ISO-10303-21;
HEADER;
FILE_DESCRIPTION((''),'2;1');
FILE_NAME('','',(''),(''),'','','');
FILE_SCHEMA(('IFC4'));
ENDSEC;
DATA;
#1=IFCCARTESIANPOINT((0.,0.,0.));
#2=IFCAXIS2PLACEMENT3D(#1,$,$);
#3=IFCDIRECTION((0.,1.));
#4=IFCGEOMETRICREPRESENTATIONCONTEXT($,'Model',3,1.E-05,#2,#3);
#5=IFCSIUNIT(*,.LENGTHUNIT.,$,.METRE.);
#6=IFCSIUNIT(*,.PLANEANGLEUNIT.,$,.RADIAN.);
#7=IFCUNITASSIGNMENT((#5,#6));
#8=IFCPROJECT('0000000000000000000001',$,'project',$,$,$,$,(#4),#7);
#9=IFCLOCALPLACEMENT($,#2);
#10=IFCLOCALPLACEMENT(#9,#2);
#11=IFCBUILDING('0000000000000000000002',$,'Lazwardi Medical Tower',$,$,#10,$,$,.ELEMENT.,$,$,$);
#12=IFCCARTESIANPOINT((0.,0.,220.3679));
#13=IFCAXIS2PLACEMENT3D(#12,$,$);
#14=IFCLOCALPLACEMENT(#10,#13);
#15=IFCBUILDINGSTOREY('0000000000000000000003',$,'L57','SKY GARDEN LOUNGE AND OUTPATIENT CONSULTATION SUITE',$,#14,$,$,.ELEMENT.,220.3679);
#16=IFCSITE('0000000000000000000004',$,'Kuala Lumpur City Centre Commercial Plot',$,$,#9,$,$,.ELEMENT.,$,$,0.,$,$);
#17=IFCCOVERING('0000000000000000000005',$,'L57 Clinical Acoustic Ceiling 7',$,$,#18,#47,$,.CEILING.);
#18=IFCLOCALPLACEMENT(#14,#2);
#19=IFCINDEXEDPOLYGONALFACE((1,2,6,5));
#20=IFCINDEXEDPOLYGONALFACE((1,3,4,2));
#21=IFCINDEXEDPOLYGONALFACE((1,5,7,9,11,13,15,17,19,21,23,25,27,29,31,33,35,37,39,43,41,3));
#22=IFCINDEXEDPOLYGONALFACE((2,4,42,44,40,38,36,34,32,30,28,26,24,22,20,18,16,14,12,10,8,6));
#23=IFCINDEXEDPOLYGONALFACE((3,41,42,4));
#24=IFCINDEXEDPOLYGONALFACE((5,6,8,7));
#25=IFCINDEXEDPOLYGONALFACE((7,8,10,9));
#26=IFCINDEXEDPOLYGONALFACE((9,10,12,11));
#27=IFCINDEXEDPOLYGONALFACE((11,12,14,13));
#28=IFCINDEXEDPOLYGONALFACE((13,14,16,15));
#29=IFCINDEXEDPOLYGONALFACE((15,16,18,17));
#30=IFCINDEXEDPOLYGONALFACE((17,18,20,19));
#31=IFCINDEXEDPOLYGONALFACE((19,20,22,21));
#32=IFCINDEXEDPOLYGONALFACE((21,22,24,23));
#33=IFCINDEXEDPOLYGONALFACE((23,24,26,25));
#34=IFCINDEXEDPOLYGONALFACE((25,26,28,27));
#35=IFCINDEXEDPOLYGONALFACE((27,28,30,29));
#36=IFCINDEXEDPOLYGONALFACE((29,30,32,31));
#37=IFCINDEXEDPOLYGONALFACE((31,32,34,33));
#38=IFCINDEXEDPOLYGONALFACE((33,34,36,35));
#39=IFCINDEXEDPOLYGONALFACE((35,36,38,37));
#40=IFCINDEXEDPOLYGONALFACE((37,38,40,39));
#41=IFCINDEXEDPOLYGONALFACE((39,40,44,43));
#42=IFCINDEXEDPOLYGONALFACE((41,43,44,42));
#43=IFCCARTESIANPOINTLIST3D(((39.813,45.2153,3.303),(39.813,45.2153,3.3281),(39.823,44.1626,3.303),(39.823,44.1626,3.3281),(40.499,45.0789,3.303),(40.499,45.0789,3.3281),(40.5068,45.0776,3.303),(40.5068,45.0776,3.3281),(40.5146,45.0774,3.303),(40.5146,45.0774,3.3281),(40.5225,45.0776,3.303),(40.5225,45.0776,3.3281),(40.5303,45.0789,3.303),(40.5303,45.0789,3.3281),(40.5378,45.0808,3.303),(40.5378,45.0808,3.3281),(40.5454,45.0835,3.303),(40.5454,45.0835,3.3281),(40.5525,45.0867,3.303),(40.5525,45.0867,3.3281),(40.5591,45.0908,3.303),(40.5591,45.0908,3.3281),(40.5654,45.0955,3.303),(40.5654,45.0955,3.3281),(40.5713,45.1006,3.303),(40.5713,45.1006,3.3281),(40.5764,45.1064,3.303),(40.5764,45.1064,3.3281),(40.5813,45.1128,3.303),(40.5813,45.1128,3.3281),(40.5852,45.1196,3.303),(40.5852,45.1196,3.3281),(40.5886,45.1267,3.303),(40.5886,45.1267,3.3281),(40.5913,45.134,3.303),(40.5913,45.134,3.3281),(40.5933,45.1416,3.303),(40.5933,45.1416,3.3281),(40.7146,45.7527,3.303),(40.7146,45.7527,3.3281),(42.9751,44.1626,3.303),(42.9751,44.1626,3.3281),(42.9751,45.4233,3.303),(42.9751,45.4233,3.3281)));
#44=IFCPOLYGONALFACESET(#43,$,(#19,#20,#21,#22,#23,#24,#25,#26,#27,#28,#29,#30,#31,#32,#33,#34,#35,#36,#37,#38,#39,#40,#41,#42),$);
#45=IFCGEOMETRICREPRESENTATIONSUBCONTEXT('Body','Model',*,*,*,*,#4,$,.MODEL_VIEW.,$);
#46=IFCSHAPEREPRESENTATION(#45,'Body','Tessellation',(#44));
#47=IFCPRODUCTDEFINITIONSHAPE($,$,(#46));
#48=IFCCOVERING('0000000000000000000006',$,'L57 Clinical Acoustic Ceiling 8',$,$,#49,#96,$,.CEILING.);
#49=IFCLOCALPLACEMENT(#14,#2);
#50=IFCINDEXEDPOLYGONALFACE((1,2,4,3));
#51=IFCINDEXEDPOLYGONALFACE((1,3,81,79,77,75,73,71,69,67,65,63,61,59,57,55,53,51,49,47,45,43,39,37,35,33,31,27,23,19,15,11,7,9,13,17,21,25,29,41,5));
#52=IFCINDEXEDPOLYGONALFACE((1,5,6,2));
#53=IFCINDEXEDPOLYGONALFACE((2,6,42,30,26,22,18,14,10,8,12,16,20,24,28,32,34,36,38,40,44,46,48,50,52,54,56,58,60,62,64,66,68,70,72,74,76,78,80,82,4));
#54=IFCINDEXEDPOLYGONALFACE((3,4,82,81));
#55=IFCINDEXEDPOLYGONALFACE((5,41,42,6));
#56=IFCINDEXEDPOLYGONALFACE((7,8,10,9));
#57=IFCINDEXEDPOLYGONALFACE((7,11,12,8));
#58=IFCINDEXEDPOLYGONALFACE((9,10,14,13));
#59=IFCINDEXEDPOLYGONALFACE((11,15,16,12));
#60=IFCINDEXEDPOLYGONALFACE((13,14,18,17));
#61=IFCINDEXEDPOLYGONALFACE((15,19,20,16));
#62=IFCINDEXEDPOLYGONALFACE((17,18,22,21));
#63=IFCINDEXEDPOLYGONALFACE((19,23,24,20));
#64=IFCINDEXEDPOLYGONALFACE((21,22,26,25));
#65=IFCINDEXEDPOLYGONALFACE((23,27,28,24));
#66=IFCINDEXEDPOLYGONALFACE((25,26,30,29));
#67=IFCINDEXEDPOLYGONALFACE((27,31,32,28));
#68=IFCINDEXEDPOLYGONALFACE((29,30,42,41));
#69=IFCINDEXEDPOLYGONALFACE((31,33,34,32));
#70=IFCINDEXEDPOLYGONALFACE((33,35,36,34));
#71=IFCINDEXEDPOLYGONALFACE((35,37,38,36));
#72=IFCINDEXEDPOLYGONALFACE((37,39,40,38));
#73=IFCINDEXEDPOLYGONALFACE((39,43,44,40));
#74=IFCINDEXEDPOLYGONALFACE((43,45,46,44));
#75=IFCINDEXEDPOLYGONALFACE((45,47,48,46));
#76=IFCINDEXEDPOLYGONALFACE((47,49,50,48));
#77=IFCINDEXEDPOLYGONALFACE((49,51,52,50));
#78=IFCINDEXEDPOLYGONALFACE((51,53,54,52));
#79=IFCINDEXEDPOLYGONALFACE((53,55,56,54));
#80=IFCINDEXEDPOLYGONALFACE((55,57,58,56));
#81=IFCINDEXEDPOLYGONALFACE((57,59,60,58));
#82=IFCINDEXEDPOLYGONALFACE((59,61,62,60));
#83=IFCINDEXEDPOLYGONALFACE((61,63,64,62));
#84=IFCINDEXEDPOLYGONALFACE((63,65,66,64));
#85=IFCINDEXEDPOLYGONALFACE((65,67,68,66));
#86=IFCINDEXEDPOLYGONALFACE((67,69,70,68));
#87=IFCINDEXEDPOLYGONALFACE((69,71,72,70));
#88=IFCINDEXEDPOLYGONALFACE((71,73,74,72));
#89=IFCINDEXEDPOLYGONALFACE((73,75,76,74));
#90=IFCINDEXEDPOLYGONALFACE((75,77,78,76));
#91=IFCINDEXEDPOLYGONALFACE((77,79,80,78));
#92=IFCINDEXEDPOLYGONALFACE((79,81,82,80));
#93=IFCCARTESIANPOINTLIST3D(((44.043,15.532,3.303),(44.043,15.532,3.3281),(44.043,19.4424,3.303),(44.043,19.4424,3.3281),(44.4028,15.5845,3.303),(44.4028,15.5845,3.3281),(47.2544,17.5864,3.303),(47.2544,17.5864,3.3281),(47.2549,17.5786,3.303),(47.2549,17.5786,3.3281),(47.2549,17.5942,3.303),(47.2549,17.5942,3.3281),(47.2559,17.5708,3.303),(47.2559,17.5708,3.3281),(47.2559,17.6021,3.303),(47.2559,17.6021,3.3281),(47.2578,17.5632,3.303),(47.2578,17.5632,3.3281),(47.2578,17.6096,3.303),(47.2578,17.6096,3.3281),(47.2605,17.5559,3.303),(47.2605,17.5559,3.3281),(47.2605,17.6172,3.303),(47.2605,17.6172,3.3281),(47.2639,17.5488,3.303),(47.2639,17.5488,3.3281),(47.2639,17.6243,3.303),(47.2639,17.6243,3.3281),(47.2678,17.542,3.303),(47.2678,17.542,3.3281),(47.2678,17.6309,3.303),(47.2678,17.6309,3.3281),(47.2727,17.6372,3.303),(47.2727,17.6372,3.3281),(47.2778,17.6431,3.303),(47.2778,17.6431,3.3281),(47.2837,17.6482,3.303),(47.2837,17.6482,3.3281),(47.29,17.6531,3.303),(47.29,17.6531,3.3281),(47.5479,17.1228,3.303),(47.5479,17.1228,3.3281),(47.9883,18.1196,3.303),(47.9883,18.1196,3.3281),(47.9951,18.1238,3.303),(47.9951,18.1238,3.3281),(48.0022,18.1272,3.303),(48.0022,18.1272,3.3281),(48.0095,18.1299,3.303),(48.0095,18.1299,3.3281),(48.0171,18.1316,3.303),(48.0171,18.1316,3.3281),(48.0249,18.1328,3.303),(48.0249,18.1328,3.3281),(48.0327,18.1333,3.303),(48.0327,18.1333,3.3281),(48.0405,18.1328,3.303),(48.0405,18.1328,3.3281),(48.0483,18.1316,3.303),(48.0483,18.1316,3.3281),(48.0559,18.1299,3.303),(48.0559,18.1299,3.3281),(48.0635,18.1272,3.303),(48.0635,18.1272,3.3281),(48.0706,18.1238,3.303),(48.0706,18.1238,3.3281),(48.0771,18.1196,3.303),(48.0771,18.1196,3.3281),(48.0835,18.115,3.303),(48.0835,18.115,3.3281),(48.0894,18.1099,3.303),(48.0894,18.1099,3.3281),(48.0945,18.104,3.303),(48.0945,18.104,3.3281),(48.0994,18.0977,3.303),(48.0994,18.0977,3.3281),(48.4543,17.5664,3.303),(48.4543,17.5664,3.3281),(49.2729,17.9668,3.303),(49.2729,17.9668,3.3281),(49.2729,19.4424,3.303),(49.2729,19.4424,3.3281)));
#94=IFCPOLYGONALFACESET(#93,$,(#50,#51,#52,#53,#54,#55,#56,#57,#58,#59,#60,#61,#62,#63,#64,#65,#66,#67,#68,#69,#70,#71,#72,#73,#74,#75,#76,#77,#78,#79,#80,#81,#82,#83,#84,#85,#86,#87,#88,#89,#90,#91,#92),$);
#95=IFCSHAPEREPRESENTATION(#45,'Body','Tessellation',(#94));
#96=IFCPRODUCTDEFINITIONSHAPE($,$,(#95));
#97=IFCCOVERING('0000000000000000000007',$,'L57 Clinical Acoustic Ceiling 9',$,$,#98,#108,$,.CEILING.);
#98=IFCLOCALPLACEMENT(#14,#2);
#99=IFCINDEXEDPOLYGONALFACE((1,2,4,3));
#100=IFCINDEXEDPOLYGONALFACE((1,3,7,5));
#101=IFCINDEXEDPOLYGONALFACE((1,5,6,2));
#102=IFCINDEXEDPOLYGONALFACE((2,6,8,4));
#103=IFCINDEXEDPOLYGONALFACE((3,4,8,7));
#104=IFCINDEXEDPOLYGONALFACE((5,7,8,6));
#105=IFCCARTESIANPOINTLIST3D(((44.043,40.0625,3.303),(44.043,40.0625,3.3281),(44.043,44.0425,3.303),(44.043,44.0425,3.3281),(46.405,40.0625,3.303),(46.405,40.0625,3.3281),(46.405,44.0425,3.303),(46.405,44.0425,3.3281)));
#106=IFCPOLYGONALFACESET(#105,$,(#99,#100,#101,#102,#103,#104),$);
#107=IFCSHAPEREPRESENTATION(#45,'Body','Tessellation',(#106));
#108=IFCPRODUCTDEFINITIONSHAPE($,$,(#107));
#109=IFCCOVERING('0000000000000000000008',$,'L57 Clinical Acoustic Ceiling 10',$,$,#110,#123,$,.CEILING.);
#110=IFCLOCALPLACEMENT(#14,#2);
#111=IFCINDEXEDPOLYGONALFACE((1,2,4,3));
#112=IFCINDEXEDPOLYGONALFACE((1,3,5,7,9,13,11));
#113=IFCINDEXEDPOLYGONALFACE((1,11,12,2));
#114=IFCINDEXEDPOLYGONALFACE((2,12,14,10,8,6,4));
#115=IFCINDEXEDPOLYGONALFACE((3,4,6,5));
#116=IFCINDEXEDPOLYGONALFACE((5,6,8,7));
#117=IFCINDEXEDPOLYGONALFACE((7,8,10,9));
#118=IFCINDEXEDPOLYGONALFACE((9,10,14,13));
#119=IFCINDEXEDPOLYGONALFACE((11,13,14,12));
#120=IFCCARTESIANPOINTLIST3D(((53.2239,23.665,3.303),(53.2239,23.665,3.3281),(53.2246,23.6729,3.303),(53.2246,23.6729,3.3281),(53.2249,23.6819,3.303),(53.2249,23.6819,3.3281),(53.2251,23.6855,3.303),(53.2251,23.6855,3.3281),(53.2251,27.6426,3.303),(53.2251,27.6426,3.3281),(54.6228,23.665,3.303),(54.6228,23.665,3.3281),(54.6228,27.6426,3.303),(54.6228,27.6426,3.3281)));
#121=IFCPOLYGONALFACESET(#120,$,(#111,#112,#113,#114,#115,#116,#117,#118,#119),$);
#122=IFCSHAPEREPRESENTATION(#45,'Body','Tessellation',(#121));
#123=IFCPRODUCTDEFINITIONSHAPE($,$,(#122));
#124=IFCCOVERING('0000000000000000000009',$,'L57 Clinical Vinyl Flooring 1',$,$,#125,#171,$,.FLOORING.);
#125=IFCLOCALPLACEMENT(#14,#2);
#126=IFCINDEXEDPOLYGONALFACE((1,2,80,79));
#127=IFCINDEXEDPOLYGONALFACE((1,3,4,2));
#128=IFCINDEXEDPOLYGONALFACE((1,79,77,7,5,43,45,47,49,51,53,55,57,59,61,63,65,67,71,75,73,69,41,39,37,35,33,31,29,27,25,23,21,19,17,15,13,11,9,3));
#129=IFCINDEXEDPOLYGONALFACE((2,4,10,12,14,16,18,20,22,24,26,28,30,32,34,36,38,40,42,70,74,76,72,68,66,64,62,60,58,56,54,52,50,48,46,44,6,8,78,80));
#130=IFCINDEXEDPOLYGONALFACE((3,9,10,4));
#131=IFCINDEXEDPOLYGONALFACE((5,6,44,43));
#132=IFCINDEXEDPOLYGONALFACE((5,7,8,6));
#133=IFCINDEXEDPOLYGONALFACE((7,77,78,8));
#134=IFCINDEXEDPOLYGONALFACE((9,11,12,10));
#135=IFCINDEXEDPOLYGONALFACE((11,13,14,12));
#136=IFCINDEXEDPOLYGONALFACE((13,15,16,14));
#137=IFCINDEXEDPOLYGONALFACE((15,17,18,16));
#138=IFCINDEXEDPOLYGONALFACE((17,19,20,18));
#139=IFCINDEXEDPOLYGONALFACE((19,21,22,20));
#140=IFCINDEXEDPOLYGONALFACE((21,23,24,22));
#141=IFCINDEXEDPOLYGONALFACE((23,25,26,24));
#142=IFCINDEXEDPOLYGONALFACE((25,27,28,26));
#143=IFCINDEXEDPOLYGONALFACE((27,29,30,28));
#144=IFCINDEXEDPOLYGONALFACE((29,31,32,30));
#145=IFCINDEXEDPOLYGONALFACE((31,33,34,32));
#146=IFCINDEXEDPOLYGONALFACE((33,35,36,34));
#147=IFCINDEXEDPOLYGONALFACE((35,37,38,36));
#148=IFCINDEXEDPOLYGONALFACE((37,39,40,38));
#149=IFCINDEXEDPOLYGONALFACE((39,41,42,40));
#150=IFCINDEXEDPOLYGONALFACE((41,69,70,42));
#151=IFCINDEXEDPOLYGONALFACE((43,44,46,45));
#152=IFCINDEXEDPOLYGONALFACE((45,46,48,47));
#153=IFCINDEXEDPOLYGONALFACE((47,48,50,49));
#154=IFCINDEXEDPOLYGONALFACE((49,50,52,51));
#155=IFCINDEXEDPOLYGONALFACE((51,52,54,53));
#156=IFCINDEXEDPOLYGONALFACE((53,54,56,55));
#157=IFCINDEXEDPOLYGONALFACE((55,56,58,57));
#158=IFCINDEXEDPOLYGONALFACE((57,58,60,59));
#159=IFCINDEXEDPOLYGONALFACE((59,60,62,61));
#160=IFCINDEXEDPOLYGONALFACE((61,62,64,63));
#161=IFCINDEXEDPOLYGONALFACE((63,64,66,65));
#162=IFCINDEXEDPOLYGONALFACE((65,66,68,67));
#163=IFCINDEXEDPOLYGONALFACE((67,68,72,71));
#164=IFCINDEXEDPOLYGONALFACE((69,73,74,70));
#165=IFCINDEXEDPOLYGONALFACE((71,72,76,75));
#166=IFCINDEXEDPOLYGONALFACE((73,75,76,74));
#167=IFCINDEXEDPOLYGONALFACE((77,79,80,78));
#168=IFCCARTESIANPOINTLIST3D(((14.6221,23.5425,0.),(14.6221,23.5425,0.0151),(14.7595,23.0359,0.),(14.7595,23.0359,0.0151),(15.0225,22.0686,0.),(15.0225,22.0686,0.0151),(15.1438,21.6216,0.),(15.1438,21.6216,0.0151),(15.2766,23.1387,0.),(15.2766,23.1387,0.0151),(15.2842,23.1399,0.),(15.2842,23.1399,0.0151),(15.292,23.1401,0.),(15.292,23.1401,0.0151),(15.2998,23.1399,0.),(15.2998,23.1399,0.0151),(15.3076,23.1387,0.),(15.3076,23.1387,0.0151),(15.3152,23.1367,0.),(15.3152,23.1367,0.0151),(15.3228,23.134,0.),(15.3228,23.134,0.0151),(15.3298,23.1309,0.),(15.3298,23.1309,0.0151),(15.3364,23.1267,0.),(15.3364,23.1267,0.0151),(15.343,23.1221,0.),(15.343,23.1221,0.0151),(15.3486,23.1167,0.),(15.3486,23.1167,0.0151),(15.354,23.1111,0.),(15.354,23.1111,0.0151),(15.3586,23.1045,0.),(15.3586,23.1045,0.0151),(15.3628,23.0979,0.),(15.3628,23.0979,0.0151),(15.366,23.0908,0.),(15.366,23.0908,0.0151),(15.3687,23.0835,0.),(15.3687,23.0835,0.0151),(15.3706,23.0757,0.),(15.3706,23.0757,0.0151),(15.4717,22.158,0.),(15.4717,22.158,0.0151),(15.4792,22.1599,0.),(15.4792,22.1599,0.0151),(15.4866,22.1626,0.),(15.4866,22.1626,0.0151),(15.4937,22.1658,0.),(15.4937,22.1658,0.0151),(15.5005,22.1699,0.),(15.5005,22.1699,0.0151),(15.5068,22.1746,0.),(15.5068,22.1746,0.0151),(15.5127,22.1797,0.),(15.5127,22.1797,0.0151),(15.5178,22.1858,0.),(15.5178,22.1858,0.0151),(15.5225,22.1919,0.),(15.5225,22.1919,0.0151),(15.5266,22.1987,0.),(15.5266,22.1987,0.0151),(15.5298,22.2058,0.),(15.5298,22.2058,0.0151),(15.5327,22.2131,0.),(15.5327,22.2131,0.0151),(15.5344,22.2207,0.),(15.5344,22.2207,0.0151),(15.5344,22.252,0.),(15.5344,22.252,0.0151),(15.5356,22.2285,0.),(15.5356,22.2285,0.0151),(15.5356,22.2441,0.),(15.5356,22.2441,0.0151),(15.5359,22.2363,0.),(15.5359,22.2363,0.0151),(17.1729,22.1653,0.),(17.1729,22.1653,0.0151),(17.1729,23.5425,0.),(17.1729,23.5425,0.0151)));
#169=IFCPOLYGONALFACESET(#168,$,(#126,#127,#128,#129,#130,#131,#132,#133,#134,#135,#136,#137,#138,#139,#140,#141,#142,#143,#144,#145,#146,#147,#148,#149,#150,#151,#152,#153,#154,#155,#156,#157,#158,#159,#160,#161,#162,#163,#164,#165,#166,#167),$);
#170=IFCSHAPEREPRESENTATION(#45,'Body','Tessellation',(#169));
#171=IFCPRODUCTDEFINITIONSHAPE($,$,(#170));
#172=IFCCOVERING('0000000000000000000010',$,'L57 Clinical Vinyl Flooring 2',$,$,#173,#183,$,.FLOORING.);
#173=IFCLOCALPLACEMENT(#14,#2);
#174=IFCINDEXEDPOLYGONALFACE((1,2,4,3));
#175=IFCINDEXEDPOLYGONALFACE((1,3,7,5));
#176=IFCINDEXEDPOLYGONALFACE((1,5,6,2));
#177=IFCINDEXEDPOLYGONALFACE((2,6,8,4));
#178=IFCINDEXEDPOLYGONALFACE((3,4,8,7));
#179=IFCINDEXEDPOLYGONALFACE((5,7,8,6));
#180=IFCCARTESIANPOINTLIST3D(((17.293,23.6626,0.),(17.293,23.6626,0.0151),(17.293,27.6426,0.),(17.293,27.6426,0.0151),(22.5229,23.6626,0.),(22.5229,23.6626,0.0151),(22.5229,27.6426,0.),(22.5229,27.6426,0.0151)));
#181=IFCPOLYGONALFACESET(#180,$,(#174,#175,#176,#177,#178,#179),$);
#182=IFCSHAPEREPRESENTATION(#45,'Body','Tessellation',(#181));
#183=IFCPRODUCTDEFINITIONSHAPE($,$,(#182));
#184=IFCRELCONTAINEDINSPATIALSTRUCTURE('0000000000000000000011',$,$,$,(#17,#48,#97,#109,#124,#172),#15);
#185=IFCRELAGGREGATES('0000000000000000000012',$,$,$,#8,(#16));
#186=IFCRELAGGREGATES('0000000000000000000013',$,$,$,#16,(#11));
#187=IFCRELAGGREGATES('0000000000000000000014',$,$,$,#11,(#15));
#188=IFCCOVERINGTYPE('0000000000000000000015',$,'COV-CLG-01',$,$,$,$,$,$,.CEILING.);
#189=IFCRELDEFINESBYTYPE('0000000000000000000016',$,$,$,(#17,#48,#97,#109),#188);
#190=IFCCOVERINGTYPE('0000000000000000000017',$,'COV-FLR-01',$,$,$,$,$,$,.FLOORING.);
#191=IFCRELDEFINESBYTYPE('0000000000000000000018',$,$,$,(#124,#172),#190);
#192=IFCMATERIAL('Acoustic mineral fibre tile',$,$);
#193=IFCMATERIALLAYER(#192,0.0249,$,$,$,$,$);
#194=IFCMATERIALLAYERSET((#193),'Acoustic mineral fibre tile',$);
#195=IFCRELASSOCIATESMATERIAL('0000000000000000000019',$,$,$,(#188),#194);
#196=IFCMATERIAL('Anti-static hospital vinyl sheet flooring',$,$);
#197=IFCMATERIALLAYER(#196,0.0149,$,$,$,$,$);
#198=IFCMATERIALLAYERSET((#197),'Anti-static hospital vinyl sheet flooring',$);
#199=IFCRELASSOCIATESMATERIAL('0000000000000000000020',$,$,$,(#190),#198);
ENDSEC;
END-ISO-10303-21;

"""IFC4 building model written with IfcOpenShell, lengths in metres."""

from ifc_helpers import new_model, si_unit, direction, frame, origin, place, context, subcontext, project, spatial, polyline, outline, extrude, material, layer, layer_set, type_object, element, save


model = new_model("IFC4")

# Units and contexts
model_context = context("Model", 3, precision=1e-05, world=origin(), true_north=direction((0.0, 1.0)))
body_context = subcontext(model_context, "Body", "Model", "MODEL_VIEW")
ifc_project = project(units=[si_unit("LENGTHUNIT", "METRE"), si_unit("PLANEANGLEUNIT", "RADIAN")], contexts=[model_context])

# Site, building, storey
site_placement = place(None, origin())
site = spatial("IfcSite", under=ifc_project, at=site_placement, Name="Kuala Lumpur City Centre Commercial Plot", CompositionType="ELEMENT", RefElevation=0.0)
building_placement = place(site_placement, origin())
building = spatial("IfcBuilding", under=site, at=building_placement, Name="Lazwardi Medical Tower", CompositionType="ELEMENT")
storey_placement = place(building_placement, frame((0.0, 0.0, 220.3679)))
storey = spatial("IfcBuildingStorey", under=building, at=storey_placement, Name="L57", Description="SKY GARDEN LOUNGE AND OUTPATIENT CONSULTATION SUITE", CompositionType="ELEMENT", Elevation=220.3679)

# Coverings
ifc_material_1 = material(Name="Acoustic mineral fibre tile")
ifc_layer_1 = layer(ifc_material_1, 0.0249)
ifc_layer_set_1 = layer_set([ifc_layer_1], Name="Acoustic mineral fibre tile")
covering_type_1 = type_object("IfcCoveringType", Name="COV-CLG-01", PredefinedType="CEILING", material=ifc_layer_set_1)
covering_1_placement = place(storey_placement, frame((0.0, 0.0, 3.303)))
element("IfcCovering", 1, at=covering_1_placement, inside=storey, type_object=covering_type_1, Name="L57 Clinical Acoustic Ceiling 7", PredefinedType="CEILING", context=body_context, shape_type="SweptSolid", body=[
    extrude(outline(polyline([(42.9751, 44.1626), (42.9751, 45.4233), (40.7146, 45.7527), (40.5933, 45.1416), (40.5913, 45.134), (40.5886, 45.1267), (40.5852, 45.1196), (40.5813, 45.1128), (40.5764, 45.1064), (40.5713, 45.1006), (40.5654, 45.0955), (40.5591, 45.0908), (40.5525, 45.0867), (40.5454, 45.0835), (40.5378, 45.0808), (40.5303, 45.0789), (40.5225, 45.0776), (40.5146, 45.0774), (40.5068, 45.0776), (40.499, 45.0789), (39.813, 45.2153), (39.823, 44.1626), (42.9751, 44.1626)])), origin(), (0.0, 0.0, 1.0), 0.0251),
])
covering_2_placement = place(storey_placement, frame((0.0, 0.0, 3.303)))
element("IfcCovering", 2, at=covering_2_placement, inside=storey, type_object=covering_type_1, Name="L57 Clinical Acoustic Ceiling 8", PredefinedType="CEILING", context=body_context, shape_type="SweptSolid", body=[
    extrude(outline(polyline([(44.043, 15.532), (44.4028, 15.5845), (47.5479, 17.1228), (47.2678, 17.542), (47.2639, 17.5488), (47.2605, 17.5559), (47.2578, 17.5632), (47.2559, 17.5708), (47.2549, 17.5786), (47.2544, 17.5864), (47.2549, 17.5942), (47.2559, 17.6021), (47.2578, 17.6096), (47.2605, 17.6172), (47.2639, 17.6243), (47.2678, 17.6309), (47.2727, 17.6372), (47.2778, 17.6431), (47.2837, 17.6482), (47.29, 17.6531), (47.9883, 18.1196), (47.9951, 18.1238), (48.0022, 18.1272), (48.0095, 18.1299), (48.0171, 18.1316), (48.0249, 18.1328), (48.0327, 18.1333), (48.0405, 18.1328), (48.0483, 18.1316), (48.0559, 18.1299), (48.0635, 18.1272), (48.0706, 18.1238), (48.0771, 18.1196), (48.0835, 18.115), (48.0894, 18.1099), (48.0945, 18.104), (48.0994, 18.0977), (48.4543, 17.5664), (49.2729, 17.9668), (49.2729, 19.4424), (44.043, 19.4424), (44.043, 15.532)])), origin(), (0.0, 0.0, 1.0), 0.0251),
])
covering_3_placement = place(storey_placement, frame((0.0, 0.0, 3.303)))
element("IfcCovering", 3, at=covering_3_placement, inside=storey, type_object=covering_type_1, Name="L57 Clinical Acoustic Ceiling 9", PredefinedType="CEILING", context=body_context, shape_type="SweptSolid", body=[
    extrude(outline(polyline([(46.405, 40.0625), (46.405, 44.0425), (44.043, 44.0425), (44.043, 40.0625), (46.405, 40.0625)])), origin(), (0.0, 0.0, 1.0), 0.0251),
])
covering_4_placement = place(storey_placement, frame((0.0, 0.0, 3.303)))
element("IfcCovering", 4, at=covering_4_placement, inside=storey, type_object=covering_type_1, Name="L57 Clinical Acoustic Ceiling 10", PredefinedType="CEILING", context=body_context, shape_type="SweptSolid", body=[
    extrude(outline(polyline([(53.2251, 27.6426), (53.2251, 23.6855), (53.2249, 23.6819), (53.2246, 23.6729), (53.2239, 23.665), (54.6228, 23.665), (54.6228, 27.6426), (53.2251, 27.6426)])), origin(), (0.0, 0.0, 1.0), 0.0251),
])
ifc_material_2 = material(Name="Anti-static hospital vinyl sheet flooring")
ifc_layer_2 = layer(ifc_material_2, 0.0149)
ifc_layer_set_2 = layer_set([ifc_layer_2], Name="Anti-static hospital vinyl sheet flooring")
covering_type_2 = type_object("IfcCoveringType", Name="COV-FLR-01", PredefinedType="FLOORING", material=ifc_layer_set_2)
covering_5_placement = place(storey_placement, origin())
element("IfcCovering", 5, at=covering_5_placement, inside=storey, type_object=covering_type_2, Name="L57 Clinical Vinyl Flooring 1", PredefinedType="FLOORING", context=body_context, shape_type="SweptSolid", body=[
    extrude(outline(polyline([(14.6221, 23.5425), (14.7595, 23.0359), (15.2766, 23.1387), (15.2842, 23.1399), (15.292, 23.1401), (15.2998, 23.1399), (15.3076, 23.1387), (15.3152, 23.1367), (15.3228, 23.134), (15.3298, 23.1309), (15.3364, 23.1267), (15.343, 23.1221), (15.3486, 23.1167), (15.354, 23.1111), (15.3586, 23.1045), (15.3628, 23.0979), (15.366, 23.0908), (15.3687, 23.0835), (15.3706, 23.0757), (15.5344, 22.252), (15.5356, 22.2441), (15.5359, 22.2363), (15.5356, 22.2285), (15.5344, 22.2207), (15.5327, 22.2131), (15.5298, 22.2058), (15.5266, 22.1987), (15.5225, 22.1919), (15.5178, 22.1858), (15.5127, 22.1797), (15.5068, 22.1746), (15.5005, 22.1699), (15.4937, 22.1658), (15.4866, 22.1626), (15.4792, 22.1599), (15.4717, 22.158), (15.0225, 22.0686), (15.1438, 21.6216), (17.1729, 22.1653), (17.1729, 23.5425), (14.6221, 23.5425)])), origin(), (0.0, 0.0, 1.0), 0.0151),
])
covering_6_placement = place(storey_placement, origin())
element("IfcCovering", 6, at=covering_6_placement, inside=storey, type_object=covering_type_2, Name="L57 Clinical Vinyl Flooring 2", PredefinedType="FLOORING", context=body_context, shape_type="SweptSolid", body=[
    extrude(outline(polyline([(22.5229, 23.6626), (22.5229, 27.6426), (17.293, 27.6426), (17.293, 23.6626), (22.5229, 23.6626)])), origin(), (0.0, 0.0, 1.0), 0.0151),
])

save(model, "model.ifc")
